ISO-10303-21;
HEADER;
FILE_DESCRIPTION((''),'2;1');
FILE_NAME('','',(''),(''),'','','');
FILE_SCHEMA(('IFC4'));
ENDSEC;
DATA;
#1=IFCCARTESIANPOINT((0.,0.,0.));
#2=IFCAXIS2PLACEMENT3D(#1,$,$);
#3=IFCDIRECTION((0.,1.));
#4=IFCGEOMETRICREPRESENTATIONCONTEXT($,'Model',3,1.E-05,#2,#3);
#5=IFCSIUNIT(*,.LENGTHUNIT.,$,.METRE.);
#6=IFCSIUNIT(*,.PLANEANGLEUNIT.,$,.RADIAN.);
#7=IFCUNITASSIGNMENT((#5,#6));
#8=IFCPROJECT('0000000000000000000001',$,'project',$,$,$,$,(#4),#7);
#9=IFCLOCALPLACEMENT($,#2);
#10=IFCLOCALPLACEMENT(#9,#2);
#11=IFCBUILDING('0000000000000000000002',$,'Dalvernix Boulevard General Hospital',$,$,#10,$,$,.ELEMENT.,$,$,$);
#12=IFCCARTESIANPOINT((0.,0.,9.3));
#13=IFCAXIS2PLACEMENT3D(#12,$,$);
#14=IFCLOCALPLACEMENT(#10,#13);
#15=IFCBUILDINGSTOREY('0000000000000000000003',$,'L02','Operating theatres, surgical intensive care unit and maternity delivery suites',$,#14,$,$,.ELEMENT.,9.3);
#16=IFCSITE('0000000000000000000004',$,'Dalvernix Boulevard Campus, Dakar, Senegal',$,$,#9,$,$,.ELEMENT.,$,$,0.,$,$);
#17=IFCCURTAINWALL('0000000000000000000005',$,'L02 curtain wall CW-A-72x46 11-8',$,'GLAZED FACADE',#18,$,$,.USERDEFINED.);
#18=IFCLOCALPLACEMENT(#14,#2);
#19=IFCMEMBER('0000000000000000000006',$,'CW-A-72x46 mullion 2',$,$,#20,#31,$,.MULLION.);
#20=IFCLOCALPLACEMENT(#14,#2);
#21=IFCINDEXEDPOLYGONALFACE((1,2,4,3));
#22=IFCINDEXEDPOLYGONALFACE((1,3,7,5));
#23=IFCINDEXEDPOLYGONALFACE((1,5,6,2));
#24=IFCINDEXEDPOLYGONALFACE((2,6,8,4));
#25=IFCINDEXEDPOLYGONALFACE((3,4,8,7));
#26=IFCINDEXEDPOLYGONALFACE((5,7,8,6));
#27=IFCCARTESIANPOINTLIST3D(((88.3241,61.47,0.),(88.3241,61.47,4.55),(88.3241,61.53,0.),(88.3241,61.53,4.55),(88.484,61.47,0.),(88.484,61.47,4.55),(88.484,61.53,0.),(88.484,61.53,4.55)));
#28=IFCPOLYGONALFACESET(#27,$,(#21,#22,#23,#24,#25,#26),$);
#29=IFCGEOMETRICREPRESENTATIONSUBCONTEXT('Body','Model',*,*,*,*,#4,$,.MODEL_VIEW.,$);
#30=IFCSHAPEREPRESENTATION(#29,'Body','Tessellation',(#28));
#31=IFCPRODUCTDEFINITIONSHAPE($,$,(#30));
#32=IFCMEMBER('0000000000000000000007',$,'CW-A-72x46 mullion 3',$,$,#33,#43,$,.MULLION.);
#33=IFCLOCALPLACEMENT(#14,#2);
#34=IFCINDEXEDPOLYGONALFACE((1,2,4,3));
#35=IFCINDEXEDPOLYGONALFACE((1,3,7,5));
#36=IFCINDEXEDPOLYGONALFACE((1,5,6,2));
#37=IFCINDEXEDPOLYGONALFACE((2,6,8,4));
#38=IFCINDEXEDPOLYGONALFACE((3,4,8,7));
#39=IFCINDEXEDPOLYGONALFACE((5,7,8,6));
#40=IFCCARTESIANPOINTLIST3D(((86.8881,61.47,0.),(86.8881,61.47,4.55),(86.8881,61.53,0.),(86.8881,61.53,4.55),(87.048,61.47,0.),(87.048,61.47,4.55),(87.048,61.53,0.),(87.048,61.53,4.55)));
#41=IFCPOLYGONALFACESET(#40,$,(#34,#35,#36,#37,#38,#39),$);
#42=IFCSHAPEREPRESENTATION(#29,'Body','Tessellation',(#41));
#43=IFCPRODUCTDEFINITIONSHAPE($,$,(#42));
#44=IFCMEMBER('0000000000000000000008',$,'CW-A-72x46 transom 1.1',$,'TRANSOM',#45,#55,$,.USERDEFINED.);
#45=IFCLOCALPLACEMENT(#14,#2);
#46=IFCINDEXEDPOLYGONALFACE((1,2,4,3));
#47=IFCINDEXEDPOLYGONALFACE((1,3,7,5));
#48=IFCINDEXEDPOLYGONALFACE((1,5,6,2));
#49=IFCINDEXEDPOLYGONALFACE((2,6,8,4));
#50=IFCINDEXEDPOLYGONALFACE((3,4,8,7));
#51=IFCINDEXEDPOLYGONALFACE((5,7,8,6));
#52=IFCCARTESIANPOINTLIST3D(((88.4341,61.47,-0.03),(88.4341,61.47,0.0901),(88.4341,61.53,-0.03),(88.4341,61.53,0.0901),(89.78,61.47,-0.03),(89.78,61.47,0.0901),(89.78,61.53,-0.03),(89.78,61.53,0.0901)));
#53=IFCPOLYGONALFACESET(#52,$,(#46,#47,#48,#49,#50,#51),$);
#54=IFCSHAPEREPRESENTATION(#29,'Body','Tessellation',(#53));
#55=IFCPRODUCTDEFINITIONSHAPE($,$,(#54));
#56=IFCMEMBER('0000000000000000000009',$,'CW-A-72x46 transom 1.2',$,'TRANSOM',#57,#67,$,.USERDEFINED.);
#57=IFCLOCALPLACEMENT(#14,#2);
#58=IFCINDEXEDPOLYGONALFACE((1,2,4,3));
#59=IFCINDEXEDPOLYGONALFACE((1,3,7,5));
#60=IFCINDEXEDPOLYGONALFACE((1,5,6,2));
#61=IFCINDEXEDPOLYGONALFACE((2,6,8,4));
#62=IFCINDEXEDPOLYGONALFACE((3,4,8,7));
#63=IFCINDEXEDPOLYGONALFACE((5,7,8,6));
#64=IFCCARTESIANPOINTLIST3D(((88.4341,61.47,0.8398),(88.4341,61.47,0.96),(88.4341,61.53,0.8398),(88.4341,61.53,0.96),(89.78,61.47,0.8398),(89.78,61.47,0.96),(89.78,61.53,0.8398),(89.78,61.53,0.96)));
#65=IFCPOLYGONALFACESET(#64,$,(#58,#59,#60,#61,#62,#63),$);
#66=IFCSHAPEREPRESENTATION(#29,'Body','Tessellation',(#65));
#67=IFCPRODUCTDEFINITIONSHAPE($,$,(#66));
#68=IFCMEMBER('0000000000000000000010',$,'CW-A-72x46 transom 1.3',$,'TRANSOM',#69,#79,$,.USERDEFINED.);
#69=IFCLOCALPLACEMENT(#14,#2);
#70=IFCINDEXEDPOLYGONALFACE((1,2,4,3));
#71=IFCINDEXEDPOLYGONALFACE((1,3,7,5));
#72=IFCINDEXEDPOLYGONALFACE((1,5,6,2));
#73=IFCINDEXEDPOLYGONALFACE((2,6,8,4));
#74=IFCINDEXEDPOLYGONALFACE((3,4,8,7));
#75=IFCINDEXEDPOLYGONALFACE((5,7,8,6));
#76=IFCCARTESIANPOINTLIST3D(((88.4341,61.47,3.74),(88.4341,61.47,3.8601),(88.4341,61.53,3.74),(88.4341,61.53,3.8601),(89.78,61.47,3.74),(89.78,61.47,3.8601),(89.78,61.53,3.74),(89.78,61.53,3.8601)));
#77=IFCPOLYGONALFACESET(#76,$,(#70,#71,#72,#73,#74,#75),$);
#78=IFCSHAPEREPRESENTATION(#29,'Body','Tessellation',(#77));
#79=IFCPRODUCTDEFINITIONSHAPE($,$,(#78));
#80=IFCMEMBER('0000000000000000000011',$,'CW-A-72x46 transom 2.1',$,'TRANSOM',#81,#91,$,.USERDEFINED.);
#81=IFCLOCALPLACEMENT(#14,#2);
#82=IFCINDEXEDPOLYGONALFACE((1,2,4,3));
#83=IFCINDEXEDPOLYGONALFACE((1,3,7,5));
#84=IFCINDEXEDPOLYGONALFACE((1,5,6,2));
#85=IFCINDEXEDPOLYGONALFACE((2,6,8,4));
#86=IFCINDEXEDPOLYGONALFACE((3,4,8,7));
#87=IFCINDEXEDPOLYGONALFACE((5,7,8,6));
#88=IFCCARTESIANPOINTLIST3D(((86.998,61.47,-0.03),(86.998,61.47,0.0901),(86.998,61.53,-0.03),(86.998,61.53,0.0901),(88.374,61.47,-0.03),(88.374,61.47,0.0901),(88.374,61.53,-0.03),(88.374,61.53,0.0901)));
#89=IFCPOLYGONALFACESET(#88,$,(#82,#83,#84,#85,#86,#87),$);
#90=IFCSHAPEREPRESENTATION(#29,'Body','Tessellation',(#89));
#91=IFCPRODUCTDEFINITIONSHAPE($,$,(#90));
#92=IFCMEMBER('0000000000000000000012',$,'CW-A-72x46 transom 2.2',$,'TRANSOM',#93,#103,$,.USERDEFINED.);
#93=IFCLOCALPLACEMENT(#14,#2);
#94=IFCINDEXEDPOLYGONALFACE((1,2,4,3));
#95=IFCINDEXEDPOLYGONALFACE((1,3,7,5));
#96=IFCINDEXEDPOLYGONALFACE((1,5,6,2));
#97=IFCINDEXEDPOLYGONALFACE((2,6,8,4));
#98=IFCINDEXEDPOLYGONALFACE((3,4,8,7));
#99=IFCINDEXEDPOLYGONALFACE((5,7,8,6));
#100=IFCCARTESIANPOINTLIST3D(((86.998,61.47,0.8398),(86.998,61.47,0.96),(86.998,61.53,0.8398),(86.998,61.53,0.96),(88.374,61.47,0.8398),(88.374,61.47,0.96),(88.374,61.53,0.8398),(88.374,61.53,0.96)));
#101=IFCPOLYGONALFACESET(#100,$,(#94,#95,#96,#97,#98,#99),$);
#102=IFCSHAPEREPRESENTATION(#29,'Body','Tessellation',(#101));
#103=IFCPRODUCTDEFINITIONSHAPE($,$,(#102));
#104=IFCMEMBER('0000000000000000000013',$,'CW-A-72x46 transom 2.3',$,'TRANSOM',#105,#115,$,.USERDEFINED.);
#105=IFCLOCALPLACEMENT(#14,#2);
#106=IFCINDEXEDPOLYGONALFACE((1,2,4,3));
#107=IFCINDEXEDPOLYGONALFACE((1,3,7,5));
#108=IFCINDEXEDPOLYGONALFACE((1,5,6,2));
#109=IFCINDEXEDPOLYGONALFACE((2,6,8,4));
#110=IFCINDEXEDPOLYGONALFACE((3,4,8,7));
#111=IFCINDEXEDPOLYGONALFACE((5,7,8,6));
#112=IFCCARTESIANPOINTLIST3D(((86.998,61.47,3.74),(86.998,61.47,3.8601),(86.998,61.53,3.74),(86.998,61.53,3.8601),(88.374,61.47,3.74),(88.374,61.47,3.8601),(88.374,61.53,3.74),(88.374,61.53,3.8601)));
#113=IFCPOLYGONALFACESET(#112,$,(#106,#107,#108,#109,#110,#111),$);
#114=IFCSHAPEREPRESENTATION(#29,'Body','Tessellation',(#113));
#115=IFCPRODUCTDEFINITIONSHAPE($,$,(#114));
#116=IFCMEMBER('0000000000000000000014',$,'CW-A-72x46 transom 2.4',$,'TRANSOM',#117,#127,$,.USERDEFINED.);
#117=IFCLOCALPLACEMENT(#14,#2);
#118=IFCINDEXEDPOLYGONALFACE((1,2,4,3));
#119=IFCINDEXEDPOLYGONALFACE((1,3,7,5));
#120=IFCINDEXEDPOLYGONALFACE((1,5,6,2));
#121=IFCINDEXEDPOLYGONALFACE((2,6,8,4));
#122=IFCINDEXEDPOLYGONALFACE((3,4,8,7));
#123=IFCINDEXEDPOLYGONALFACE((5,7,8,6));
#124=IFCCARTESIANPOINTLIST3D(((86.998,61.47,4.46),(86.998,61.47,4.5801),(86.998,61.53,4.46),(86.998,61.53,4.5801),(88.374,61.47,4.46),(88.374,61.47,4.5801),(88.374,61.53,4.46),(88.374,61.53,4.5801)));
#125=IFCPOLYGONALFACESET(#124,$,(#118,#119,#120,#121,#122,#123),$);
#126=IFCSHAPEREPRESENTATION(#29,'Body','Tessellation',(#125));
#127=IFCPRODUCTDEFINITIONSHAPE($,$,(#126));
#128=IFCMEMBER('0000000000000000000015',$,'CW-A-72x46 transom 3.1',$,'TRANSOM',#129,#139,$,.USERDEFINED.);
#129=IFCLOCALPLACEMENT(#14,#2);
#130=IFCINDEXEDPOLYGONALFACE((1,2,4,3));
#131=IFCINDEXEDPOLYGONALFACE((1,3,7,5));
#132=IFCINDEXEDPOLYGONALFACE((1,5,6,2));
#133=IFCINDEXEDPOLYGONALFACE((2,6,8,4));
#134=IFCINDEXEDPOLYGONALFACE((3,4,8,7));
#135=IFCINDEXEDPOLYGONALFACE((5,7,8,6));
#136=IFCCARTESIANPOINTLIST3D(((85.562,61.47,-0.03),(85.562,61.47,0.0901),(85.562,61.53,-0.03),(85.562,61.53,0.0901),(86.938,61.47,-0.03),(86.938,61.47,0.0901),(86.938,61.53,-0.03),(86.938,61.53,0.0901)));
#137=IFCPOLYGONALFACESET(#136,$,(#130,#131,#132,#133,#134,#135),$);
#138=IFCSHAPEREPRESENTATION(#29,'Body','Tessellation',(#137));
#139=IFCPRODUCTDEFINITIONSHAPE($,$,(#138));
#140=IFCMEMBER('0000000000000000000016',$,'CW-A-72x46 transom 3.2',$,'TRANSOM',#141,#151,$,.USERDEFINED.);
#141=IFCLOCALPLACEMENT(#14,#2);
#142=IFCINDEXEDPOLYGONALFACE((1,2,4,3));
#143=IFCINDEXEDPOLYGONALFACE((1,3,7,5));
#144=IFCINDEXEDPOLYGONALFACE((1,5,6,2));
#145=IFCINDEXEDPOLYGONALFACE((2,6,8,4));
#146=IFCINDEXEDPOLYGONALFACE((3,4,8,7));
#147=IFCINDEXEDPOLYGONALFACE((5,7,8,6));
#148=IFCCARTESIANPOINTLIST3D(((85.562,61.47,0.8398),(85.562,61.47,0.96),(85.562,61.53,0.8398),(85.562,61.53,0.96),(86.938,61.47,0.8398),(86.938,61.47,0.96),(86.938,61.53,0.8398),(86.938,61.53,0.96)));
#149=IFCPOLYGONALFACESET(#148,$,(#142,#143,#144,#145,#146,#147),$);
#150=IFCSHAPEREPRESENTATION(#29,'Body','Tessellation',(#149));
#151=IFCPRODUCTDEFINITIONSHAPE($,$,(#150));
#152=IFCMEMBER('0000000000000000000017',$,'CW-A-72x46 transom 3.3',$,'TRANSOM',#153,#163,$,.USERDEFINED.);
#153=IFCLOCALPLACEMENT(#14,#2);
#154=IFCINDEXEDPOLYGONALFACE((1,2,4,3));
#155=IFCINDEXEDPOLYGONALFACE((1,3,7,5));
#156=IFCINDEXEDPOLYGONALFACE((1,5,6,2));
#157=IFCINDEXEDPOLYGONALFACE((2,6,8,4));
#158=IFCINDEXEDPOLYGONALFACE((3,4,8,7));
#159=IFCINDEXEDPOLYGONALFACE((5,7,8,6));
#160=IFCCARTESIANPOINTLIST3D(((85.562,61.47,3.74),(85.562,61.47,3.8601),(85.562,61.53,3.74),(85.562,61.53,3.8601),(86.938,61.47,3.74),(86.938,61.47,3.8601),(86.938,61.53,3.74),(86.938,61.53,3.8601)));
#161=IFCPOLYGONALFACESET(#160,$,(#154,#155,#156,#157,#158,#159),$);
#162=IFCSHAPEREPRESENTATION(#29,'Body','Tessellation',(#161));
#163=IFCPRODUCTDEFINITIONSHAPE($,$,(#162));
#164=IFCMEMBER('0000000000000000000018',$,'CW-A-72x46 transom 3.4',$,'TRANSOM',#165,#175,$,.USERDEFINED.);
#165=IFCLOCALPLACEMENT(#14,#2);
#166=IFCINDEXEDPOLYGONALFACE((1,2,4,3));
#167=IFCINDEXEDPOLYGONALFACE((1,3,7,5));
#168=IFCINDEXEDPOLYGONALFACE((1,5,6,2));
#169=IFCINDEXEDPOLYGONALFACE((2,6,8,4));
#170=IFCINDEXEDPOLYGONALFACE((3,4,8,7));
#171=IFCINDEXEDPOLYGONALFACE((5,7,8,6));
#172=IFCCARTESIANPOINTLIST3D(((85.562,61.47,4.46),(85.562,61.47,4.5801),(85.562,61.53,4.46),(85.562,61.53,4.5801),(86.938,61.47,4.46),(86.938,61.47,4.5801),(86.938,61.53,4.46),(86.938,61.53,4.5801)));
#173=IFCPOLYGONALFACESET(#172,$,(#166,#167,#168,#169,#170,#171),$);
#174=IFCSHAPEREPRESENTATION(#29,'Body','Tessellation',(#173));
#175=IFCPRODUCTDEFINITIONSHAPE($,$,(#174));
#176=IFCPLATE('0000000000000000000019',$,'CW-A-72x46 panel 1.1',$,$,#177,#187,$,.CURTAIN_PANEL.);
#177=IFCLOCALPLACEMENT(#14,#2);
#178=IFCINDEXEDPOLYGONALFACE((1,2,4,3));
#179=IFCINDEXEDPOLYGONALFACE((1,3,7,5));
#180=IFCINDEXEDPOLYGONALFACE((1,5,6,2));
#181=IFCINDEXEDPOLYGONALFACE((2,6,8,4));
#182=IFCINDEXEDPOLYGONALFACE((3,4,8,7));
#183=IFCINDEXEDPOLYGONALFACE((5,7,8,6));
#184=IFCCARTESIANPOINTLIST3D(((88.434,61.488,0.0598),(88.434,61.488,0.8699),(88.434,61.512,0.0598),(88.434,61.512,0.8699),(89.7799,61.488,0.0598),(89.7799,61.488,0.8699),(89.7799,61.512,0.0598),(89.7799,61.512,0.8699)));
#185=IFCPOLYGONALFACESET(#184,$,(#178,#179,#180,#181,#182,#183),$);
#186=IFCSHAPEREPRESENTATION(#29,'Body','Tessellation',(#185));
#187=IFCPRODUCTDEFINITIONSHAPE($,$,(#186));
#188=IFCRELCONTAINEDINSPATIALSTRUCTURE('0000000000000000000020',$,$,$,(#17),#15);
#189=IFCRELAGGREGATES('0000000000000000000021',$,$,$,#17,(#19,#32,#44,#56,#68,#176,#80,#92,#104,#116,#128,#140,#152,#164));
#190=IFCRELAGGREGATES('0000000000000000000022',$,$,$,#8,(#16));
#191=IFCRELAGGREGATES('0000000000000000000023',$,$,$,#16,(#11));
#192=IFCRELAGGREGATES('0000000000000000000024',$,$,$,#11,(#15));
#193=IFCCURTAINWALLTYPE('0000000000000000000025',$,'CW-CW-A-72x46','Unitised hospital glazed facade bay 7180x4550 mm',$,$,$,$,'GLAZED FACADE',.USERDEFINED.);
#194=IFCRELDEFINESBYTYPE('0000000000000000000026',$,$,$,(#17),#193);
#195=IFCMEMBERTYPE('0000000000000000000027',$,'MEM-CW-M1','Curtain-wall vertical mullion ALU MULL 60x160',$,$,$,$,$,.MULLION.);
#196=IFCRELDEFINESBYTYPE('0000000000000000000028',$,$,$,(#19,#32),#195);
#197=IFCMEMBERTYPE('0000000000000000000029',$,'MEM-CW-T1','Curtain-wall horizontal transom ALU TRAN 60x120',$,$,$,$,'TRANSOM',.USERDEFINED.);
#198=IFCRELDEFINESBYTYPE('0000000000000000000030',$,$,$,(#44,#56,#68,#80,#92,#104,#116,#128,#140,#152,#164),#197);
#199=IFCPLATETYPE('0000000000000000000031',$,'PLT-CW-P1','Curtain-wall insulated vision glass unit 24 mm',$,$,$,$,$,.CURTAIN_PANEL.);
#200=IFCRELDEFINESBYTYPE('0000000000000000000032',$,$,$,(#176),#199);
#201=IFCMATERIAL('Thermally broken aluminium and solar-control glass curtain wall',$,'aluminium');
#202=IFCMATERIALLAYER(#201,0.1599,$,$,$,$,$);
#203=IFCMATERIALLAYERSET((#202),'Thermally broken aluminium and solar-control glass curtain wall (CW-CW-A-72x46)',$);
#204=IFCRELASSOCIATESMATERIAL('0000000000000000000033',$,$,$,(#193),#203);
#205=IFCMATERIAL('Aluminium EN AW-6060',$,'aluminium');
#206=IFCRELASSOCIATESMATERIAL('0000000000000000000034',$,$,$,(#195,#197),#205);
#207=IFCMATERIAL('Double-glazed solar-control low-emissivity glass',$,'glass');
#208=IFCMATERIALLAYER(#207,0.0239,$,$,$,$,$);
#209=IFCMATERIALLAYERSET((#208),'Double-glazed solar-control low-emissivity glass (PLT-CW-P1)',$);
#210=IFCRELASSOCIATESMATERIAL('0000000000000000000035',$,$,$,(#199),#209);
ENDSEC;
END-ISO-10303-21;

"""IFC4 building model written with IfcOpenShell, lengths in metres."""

from ifc_helpers import new_model, si_unit, direction, frame, origin, origin_2d, place, context, subcontext, project, spatial, rectangle, extrude, material, layer, layer_set, material_profile, profile_set, type_object, element, aggregate, save


model = new_model("IFC4")

# Units and contexts
model_context = context("Model", 3, precision=1e-05, world=origin(), true_north=direction((0.0, 1.0)))
body_context = subcontext(model_context, "Body", "Model", "MODEL_VIEW")
ifc_project = project(units=[si_unit("LENGTHUNIT", "METRE"), si_unit("PLANEANGLEUNIT", "RADIAN")], contexts=[model_context])

# Site, building, storey
site_placement = place(None, origin())
site = spatial("IfcSite", under=ifc_project, at=site_placement, Name="Dalvernix Boulevard Campus, Dakar, Senegal", CompositionType="ELEMENT", RefElevation=0.0)
building_placement = place(site_placement, origin())
building = spatial("IfcBuilding", under=site, at=building_placement, Name="Dalvernix Boulevard General Hospital", CompositionType="ELEMENT")
storey_placement = place(building_placement, frame((0.0, 0.0, 9.3)))
storey = spatial("IfcBuildingStorey", under=building, at=storey_placement, Name="L02", Description="Operating theatres, surgical intensive care unit and maternity delivery suites", CompositionType="ELEMENT", Elevation=9.3)

# Curtain wall, members, plate
ifc_material_1 = material(Name="Thermally broken aluminium and solar-control glass curtain wall", Category="aluminium")
ifc_layer_1 = layer(ifc_material_1, 0.1599)
ifc_layer_set_1 = layer_set([ifc_layer_1], Name="Thermally broken aluminium and solar-control glass curtain wall (CW-CW-A-72x46)")
curtain_wall_type = type_object("IfcCurtainWallType", Name="CW-CW-A-72x46", Description="Unitised hospital glazed facade bay 7180x4550 mm", ElementType="GLAZED FACADE", PredefinedType="USERDEFINED", material=ifc_layer_set_1)
curtain_wall_placement = place(storey_placement, origin())
curtain_wall = element("IfcCurtainWall", 1, at=curtain_wall_placement, inside=storey, type_object=curtain_wall_type, Name="L02 curtain wall CW-A-72x46 11-8", ObjectType="GLAZED FACADE", PredefinedType="USERDEFINED")
ifc_material_2 = material(Name="Aluminium EN AW-6060", Category="aluminium")
ifc_material_profile_1 = material_profile(ifc_material_2, rectangle(XDim=0.0601, YDim=0.1599, at=origin_2d()), Name="ALU MULL 60x160")
ifc_profile_set_1 = profile_set([ifc_material_profile_1], Name="Aluminium EN AW-6060")
member_type_1 = type_object("IfcMemberType", Name="MEM-CW-M1", Description="Curtain-wall vertical mullion ALU MULL 60x160", PredefinedType="MULLION", material=ifc_profile_set_1)
member_1_placement = place(storey_placement, frame((88.4041, 61.5, 0.0), z_axis=(0.0, 0.0, 1.0), x_axis=(0.0, -1.0, 0.0)))
member_1 = element("IfcMember", 2, at=member_1_placement, type_object=member_type_1, Name="CW-A-72x46 mullion 2", PredefinedType="MULLION", context=body_context, shape_type="SweptSolid", body=[
    extrude(rectangle(XDim=0.0601, YDim=0.1599, at=origin_2d()), origin(), (0.0, 0.0, 1.0), 4.55),
])
member_2_placement = place(storey_placement, frame((86.968, 61.5, 0.0), z_axis=(0.0, 0.0, 1.0), x_axis=(0.0, -1.0, 0.0)))
member_2 = element("IfcMember", 3, at=member_2_placement, type_object=member_type_1, Name="CW-A-72x46 mullion 3", PredefinedType="MULLION", context=body_context, shape_type="SweptSolid", body=[
    extrude(rectangle(XDim=0.0601, YDim=0.1599, at=origin_2d()), origin(), (0.0, 0.0, 1.0), 4.55),
])
ifc_material_profile_2 = material_profile(ifc_material_2, rectangle(XDim=0.0601, YDim=0.1201, at=origin_2d()), Name="ALU TRAN 60x120")
ifc_profile_set_2 = profile_set([ifc_material_profile_2], Name="Aluminium EN AW-6060")
member_type_2 = type_object("IfcMemberType", Name="MEM-CW-T1", Description="Curtain-wall horizontal transom ALU TRAN 60x120", ElementType="TRANSOM", PredefinedType="USERDEFINED", material=ifc_profile_set_2)
member_3_placement = place(storey_placement, frame((89.78, 61.5, 0.03), z_axis=(-1.0, 0.0, 0.0), x_axis=(0.0, -1.0, 0.0)))
member_3 = element("IfcMember", 4, at=member_3_placement, type_object=member_type_2, Name="CW-A-72x46 transom 1.1", ObjectType="TRANSOM", PredefinedType="USERDEFINED", context=body_context, shape_type="SweptSolid", body=[
    extrude(rectangle(XDim=0.0601, YDim=0.1201, at=origin_2d()), origin(), (0.0, 0.0, 1.0), 1.3459),
])
member_4_placement = place(storey_placement, frame((89.78, 61.5, 0.8999), z_axis=(-1.0, 0.0, 0.0), x_axis=(0.0, -1.0, 0.0)))
member_4 = element("IfcMember", 5, at=member_4_placement, type_object=member_type_2, Name="CW-A-72x46 transom 1.2", ObjectType="TRANSOM", PredefinedType="USERDEFINED", context=body_context, shape_type="SweptSolid", body=[
    extrude(rectangle(XDim=0.0601, YDim=0.1201, at=origin_2d()), origin(), (0.0, 0.0, 1.0), 1.3459),
])
member_5_placement = place(storey_placement, frame((89.78, 61.5, 3.8), z_axis=(-1.0, 0.0, 0.0), x_axis=(0.0, -1.0, 0.0)))
member_5 = element("IfcMember", 6, at=member_5_placement, type_object=member_type_2, Name="CW-A-72x46 transom 1.3", ObjectType="TRANSOM", PredefinedType="USERDEFINED", context=body_context, shape_type="SweptSolid", body=[
    extrude(rectangle(XDim=0.0601, YDim=0.1201, at=origin_2d()), origin(), (0.0, 0.0, 1.0), 1.3459),
])
member_6_placement = place(storey_placement, frame((88.374, 61.5, 0.03), z_axis=(-1.0, 0.0, 0.0), x_axis=(0.0, -1.0, 0.0)))
member_6 = element("IfcMember", 7, at=member_6_placement, type_object=member_type_2, Name="CW-A-72x46 transom 2.1", ObjectType="TRANSOM", PredefinedType="USERDEFINED", context=body_context, shape_type="SweptSolid", body=[
    extrude(rectangle(XDim=0.0601, YDim=0.1201, at=origin_2d()), origin(), (0.0, 0.0, 1.0), 1.376),
])
member_7_placement = place(storey_placement, frame((88.374, 61.5, 0.8999), z_axis=(-1.0, 0.0, 0.0), x_axis=(0.0, -1.0, 0.0)))
member_7 = element("IfcMember", 8, at=member_7_placement, type_object=member_type_2, Name="CW-A-72x46 transom 2.2", ObjectType="TRANSOM", PredefinedType="USERDEFINED", context=body_context, shape_type="SweptSolid", body=[
    extrude(rectangle(XDim=0.0601, YDim=0.1201, at=origin_2d()), origin(), (0.0, 0.0, 1.0), 1.376),
])
member_8_placement = place(storey_placement, frame((88.374, 61.5, 3.8), z_axis=(-1.0, 0.0, 0.0), x_axis=(0.0, -1.0, 0.0)))
member_8 = element("IfcMember", 9, at=member_8_placement, type_object=member_type_2, Name="CW-A-72x46 transom 2.3", ObjectType="TRANSOM", PredefinedType="USERDEFINED", context=body_context, shape_type="SweptSolid", body=[
    extrude(rectangle(XDim=0.0601, YDim=0.1201, at=origin_2d()), origin(), (0.0, 0.0, 1.0), 1.376),
])
member_9_placement = place(storey_placement, frame((88.374, 61.5, 4.52), z_axis=(-1.0, 0.0, 0.0), x_axis=(0.0, -1.0, 0.0)))
member_9 = element("IfcMember", 10, at=member_9_placement, type_object=member_type_2, Name="CW-A-72x46 transom 2.4", ObjectType="TRANSOM", PredefinedType="USERDEFINED", context=body_context, shape_type="SweptSolid", body=[
    extrude(rectangle(XDim=0.0601, YDim=0.1201, at=origin_2d()), origin(), (0.0, 0.0, 1.0), 1.376),
])
member_10_placement = place(storey_placement, frame((86.938, 61.5, 0.03), z_axis=(-1.0, 0.0, 0.0), x_axis=(0.0, -1.0, 0.0)))
member_10 = element("IfcMember", 11, at=member_10_placement, type_object=member_type_2, Name="CW-A-72x46 transom 3.1", ObjectType="TRANSOM", PredefinedType="USERDEFINED", context=body_context, shape_type="SweptSolid", body=[
    extrude(rectangle(XDim=0.0601, YDim=0.1201, at=origin_2d()), origin(), (0.0, 0.0, 1.0), 1.376),
])
member_11_placement = place(storey_placement, frame((86.938, 61.5, 0.8999), z_axis=(-1.0, 0.0, 0.0), x_axis=(0.0, -1.0, 0.0)))
member_11 = element("IfcMember", 12, at=member_11_placement, type_object=member_type_2, Name="CW-A-72x46 transom 3.2", ObjectType="TRANSOM", PredefinedType="USERDEFINED", context=body_context, shape_type="SweptSolid", body=[
    extrude(rectangle(XDim=0.0601, YDim=0.1201, at=origin_2d()), origin(), (0.0, 0.0, 1.0), 1.376),
])
member_12_placement = place(storey_placement, frame((86.938, 61.5, 3.8), z_axis=(-1.0, 0.0, 0.0), x_axis=(0.0, -1.0, 0.0)))
member_12 = element("IfcMember", 13, at=member_12_placement, type_object=member_type_2, Name="CW-A-72x46 transom 3.3", ObjectType="TRANSOM", PredefinedType="USERDEFINED", context=body_context, shape_type="SweptSolid", body=[
    extrude(rectangle(XDim=0.0601, YDim=0.1201, at=origin_2d()), origin(), (0.0, 0.0, 1.0), 1.376),
])
member_13_placement = place(storey_placement, frame((86.938, 61.5, 4.52), z_axis=(-1.0, 0.0, 0.0), x_axis=(0.0, -1.0, 0.0)))
member_13 = element("IfcMember", 14, at=member_13_placement, type_object=member_type_2, Name="CW-A-72x46 transom 3.4", ObjectType="TRANSOM", PredefinedType="USERDEFINED", context=body_context, shape_type="SweptSolid", body=[
    extrude(rectangle(XDim=0.0601, YDim=0.1201, at=origin_2d()), origin(), (0.0, 0.0, 1.0), 1.376),
])
ifc_material_3 = material(Name="Double-glazed solar-control low-emissivity glass", Category="glass")
ifc_layer_2 = layer(ifc_material_3, 0.0239)
ifc_layer_set_2 = layer_set([ifc_layer_2], Name="Double-glazed solar-control low-emissivity glass (PLT-CW-P1)")
plate_type = type_object("IfcPlateType", Name="PLT-CW-P1", Description="Curtain-wall insulated vision glass unit 24 mm", PredefinedType="CURTAIN_PANEL", material=ifc_layer_set_2)
plate_1_placement = place(storey_placement, frame((89.1069, 61.5, 0.0598), z_axis=(0.0, 0.0, 1.0), x_axis=(-1.0, 0.0, 0.0)))
plate_1 = element("IfcPlate", 15, at=plate_1_placement, type_object=plate_type, Name="CW-A-72x46 panel 1.1", PredefinedType="CURTAIN_PANEL", context=body_context, shape_type="SweptSolid", body=[
    extrude(rectangle(XDim=1.3459, YDim=0.0239, at=origin_2d()), origin(), (0.0, 0.0, 1.0), 0.8101),
])
aggregate(curtain_wall, [member_1, member_2, member_3, member_4, member_5, plate_1, member_6, member_7, member_8, member_9, member_10, member_11, member_12, member_13])

save(model, "model.ifc")
